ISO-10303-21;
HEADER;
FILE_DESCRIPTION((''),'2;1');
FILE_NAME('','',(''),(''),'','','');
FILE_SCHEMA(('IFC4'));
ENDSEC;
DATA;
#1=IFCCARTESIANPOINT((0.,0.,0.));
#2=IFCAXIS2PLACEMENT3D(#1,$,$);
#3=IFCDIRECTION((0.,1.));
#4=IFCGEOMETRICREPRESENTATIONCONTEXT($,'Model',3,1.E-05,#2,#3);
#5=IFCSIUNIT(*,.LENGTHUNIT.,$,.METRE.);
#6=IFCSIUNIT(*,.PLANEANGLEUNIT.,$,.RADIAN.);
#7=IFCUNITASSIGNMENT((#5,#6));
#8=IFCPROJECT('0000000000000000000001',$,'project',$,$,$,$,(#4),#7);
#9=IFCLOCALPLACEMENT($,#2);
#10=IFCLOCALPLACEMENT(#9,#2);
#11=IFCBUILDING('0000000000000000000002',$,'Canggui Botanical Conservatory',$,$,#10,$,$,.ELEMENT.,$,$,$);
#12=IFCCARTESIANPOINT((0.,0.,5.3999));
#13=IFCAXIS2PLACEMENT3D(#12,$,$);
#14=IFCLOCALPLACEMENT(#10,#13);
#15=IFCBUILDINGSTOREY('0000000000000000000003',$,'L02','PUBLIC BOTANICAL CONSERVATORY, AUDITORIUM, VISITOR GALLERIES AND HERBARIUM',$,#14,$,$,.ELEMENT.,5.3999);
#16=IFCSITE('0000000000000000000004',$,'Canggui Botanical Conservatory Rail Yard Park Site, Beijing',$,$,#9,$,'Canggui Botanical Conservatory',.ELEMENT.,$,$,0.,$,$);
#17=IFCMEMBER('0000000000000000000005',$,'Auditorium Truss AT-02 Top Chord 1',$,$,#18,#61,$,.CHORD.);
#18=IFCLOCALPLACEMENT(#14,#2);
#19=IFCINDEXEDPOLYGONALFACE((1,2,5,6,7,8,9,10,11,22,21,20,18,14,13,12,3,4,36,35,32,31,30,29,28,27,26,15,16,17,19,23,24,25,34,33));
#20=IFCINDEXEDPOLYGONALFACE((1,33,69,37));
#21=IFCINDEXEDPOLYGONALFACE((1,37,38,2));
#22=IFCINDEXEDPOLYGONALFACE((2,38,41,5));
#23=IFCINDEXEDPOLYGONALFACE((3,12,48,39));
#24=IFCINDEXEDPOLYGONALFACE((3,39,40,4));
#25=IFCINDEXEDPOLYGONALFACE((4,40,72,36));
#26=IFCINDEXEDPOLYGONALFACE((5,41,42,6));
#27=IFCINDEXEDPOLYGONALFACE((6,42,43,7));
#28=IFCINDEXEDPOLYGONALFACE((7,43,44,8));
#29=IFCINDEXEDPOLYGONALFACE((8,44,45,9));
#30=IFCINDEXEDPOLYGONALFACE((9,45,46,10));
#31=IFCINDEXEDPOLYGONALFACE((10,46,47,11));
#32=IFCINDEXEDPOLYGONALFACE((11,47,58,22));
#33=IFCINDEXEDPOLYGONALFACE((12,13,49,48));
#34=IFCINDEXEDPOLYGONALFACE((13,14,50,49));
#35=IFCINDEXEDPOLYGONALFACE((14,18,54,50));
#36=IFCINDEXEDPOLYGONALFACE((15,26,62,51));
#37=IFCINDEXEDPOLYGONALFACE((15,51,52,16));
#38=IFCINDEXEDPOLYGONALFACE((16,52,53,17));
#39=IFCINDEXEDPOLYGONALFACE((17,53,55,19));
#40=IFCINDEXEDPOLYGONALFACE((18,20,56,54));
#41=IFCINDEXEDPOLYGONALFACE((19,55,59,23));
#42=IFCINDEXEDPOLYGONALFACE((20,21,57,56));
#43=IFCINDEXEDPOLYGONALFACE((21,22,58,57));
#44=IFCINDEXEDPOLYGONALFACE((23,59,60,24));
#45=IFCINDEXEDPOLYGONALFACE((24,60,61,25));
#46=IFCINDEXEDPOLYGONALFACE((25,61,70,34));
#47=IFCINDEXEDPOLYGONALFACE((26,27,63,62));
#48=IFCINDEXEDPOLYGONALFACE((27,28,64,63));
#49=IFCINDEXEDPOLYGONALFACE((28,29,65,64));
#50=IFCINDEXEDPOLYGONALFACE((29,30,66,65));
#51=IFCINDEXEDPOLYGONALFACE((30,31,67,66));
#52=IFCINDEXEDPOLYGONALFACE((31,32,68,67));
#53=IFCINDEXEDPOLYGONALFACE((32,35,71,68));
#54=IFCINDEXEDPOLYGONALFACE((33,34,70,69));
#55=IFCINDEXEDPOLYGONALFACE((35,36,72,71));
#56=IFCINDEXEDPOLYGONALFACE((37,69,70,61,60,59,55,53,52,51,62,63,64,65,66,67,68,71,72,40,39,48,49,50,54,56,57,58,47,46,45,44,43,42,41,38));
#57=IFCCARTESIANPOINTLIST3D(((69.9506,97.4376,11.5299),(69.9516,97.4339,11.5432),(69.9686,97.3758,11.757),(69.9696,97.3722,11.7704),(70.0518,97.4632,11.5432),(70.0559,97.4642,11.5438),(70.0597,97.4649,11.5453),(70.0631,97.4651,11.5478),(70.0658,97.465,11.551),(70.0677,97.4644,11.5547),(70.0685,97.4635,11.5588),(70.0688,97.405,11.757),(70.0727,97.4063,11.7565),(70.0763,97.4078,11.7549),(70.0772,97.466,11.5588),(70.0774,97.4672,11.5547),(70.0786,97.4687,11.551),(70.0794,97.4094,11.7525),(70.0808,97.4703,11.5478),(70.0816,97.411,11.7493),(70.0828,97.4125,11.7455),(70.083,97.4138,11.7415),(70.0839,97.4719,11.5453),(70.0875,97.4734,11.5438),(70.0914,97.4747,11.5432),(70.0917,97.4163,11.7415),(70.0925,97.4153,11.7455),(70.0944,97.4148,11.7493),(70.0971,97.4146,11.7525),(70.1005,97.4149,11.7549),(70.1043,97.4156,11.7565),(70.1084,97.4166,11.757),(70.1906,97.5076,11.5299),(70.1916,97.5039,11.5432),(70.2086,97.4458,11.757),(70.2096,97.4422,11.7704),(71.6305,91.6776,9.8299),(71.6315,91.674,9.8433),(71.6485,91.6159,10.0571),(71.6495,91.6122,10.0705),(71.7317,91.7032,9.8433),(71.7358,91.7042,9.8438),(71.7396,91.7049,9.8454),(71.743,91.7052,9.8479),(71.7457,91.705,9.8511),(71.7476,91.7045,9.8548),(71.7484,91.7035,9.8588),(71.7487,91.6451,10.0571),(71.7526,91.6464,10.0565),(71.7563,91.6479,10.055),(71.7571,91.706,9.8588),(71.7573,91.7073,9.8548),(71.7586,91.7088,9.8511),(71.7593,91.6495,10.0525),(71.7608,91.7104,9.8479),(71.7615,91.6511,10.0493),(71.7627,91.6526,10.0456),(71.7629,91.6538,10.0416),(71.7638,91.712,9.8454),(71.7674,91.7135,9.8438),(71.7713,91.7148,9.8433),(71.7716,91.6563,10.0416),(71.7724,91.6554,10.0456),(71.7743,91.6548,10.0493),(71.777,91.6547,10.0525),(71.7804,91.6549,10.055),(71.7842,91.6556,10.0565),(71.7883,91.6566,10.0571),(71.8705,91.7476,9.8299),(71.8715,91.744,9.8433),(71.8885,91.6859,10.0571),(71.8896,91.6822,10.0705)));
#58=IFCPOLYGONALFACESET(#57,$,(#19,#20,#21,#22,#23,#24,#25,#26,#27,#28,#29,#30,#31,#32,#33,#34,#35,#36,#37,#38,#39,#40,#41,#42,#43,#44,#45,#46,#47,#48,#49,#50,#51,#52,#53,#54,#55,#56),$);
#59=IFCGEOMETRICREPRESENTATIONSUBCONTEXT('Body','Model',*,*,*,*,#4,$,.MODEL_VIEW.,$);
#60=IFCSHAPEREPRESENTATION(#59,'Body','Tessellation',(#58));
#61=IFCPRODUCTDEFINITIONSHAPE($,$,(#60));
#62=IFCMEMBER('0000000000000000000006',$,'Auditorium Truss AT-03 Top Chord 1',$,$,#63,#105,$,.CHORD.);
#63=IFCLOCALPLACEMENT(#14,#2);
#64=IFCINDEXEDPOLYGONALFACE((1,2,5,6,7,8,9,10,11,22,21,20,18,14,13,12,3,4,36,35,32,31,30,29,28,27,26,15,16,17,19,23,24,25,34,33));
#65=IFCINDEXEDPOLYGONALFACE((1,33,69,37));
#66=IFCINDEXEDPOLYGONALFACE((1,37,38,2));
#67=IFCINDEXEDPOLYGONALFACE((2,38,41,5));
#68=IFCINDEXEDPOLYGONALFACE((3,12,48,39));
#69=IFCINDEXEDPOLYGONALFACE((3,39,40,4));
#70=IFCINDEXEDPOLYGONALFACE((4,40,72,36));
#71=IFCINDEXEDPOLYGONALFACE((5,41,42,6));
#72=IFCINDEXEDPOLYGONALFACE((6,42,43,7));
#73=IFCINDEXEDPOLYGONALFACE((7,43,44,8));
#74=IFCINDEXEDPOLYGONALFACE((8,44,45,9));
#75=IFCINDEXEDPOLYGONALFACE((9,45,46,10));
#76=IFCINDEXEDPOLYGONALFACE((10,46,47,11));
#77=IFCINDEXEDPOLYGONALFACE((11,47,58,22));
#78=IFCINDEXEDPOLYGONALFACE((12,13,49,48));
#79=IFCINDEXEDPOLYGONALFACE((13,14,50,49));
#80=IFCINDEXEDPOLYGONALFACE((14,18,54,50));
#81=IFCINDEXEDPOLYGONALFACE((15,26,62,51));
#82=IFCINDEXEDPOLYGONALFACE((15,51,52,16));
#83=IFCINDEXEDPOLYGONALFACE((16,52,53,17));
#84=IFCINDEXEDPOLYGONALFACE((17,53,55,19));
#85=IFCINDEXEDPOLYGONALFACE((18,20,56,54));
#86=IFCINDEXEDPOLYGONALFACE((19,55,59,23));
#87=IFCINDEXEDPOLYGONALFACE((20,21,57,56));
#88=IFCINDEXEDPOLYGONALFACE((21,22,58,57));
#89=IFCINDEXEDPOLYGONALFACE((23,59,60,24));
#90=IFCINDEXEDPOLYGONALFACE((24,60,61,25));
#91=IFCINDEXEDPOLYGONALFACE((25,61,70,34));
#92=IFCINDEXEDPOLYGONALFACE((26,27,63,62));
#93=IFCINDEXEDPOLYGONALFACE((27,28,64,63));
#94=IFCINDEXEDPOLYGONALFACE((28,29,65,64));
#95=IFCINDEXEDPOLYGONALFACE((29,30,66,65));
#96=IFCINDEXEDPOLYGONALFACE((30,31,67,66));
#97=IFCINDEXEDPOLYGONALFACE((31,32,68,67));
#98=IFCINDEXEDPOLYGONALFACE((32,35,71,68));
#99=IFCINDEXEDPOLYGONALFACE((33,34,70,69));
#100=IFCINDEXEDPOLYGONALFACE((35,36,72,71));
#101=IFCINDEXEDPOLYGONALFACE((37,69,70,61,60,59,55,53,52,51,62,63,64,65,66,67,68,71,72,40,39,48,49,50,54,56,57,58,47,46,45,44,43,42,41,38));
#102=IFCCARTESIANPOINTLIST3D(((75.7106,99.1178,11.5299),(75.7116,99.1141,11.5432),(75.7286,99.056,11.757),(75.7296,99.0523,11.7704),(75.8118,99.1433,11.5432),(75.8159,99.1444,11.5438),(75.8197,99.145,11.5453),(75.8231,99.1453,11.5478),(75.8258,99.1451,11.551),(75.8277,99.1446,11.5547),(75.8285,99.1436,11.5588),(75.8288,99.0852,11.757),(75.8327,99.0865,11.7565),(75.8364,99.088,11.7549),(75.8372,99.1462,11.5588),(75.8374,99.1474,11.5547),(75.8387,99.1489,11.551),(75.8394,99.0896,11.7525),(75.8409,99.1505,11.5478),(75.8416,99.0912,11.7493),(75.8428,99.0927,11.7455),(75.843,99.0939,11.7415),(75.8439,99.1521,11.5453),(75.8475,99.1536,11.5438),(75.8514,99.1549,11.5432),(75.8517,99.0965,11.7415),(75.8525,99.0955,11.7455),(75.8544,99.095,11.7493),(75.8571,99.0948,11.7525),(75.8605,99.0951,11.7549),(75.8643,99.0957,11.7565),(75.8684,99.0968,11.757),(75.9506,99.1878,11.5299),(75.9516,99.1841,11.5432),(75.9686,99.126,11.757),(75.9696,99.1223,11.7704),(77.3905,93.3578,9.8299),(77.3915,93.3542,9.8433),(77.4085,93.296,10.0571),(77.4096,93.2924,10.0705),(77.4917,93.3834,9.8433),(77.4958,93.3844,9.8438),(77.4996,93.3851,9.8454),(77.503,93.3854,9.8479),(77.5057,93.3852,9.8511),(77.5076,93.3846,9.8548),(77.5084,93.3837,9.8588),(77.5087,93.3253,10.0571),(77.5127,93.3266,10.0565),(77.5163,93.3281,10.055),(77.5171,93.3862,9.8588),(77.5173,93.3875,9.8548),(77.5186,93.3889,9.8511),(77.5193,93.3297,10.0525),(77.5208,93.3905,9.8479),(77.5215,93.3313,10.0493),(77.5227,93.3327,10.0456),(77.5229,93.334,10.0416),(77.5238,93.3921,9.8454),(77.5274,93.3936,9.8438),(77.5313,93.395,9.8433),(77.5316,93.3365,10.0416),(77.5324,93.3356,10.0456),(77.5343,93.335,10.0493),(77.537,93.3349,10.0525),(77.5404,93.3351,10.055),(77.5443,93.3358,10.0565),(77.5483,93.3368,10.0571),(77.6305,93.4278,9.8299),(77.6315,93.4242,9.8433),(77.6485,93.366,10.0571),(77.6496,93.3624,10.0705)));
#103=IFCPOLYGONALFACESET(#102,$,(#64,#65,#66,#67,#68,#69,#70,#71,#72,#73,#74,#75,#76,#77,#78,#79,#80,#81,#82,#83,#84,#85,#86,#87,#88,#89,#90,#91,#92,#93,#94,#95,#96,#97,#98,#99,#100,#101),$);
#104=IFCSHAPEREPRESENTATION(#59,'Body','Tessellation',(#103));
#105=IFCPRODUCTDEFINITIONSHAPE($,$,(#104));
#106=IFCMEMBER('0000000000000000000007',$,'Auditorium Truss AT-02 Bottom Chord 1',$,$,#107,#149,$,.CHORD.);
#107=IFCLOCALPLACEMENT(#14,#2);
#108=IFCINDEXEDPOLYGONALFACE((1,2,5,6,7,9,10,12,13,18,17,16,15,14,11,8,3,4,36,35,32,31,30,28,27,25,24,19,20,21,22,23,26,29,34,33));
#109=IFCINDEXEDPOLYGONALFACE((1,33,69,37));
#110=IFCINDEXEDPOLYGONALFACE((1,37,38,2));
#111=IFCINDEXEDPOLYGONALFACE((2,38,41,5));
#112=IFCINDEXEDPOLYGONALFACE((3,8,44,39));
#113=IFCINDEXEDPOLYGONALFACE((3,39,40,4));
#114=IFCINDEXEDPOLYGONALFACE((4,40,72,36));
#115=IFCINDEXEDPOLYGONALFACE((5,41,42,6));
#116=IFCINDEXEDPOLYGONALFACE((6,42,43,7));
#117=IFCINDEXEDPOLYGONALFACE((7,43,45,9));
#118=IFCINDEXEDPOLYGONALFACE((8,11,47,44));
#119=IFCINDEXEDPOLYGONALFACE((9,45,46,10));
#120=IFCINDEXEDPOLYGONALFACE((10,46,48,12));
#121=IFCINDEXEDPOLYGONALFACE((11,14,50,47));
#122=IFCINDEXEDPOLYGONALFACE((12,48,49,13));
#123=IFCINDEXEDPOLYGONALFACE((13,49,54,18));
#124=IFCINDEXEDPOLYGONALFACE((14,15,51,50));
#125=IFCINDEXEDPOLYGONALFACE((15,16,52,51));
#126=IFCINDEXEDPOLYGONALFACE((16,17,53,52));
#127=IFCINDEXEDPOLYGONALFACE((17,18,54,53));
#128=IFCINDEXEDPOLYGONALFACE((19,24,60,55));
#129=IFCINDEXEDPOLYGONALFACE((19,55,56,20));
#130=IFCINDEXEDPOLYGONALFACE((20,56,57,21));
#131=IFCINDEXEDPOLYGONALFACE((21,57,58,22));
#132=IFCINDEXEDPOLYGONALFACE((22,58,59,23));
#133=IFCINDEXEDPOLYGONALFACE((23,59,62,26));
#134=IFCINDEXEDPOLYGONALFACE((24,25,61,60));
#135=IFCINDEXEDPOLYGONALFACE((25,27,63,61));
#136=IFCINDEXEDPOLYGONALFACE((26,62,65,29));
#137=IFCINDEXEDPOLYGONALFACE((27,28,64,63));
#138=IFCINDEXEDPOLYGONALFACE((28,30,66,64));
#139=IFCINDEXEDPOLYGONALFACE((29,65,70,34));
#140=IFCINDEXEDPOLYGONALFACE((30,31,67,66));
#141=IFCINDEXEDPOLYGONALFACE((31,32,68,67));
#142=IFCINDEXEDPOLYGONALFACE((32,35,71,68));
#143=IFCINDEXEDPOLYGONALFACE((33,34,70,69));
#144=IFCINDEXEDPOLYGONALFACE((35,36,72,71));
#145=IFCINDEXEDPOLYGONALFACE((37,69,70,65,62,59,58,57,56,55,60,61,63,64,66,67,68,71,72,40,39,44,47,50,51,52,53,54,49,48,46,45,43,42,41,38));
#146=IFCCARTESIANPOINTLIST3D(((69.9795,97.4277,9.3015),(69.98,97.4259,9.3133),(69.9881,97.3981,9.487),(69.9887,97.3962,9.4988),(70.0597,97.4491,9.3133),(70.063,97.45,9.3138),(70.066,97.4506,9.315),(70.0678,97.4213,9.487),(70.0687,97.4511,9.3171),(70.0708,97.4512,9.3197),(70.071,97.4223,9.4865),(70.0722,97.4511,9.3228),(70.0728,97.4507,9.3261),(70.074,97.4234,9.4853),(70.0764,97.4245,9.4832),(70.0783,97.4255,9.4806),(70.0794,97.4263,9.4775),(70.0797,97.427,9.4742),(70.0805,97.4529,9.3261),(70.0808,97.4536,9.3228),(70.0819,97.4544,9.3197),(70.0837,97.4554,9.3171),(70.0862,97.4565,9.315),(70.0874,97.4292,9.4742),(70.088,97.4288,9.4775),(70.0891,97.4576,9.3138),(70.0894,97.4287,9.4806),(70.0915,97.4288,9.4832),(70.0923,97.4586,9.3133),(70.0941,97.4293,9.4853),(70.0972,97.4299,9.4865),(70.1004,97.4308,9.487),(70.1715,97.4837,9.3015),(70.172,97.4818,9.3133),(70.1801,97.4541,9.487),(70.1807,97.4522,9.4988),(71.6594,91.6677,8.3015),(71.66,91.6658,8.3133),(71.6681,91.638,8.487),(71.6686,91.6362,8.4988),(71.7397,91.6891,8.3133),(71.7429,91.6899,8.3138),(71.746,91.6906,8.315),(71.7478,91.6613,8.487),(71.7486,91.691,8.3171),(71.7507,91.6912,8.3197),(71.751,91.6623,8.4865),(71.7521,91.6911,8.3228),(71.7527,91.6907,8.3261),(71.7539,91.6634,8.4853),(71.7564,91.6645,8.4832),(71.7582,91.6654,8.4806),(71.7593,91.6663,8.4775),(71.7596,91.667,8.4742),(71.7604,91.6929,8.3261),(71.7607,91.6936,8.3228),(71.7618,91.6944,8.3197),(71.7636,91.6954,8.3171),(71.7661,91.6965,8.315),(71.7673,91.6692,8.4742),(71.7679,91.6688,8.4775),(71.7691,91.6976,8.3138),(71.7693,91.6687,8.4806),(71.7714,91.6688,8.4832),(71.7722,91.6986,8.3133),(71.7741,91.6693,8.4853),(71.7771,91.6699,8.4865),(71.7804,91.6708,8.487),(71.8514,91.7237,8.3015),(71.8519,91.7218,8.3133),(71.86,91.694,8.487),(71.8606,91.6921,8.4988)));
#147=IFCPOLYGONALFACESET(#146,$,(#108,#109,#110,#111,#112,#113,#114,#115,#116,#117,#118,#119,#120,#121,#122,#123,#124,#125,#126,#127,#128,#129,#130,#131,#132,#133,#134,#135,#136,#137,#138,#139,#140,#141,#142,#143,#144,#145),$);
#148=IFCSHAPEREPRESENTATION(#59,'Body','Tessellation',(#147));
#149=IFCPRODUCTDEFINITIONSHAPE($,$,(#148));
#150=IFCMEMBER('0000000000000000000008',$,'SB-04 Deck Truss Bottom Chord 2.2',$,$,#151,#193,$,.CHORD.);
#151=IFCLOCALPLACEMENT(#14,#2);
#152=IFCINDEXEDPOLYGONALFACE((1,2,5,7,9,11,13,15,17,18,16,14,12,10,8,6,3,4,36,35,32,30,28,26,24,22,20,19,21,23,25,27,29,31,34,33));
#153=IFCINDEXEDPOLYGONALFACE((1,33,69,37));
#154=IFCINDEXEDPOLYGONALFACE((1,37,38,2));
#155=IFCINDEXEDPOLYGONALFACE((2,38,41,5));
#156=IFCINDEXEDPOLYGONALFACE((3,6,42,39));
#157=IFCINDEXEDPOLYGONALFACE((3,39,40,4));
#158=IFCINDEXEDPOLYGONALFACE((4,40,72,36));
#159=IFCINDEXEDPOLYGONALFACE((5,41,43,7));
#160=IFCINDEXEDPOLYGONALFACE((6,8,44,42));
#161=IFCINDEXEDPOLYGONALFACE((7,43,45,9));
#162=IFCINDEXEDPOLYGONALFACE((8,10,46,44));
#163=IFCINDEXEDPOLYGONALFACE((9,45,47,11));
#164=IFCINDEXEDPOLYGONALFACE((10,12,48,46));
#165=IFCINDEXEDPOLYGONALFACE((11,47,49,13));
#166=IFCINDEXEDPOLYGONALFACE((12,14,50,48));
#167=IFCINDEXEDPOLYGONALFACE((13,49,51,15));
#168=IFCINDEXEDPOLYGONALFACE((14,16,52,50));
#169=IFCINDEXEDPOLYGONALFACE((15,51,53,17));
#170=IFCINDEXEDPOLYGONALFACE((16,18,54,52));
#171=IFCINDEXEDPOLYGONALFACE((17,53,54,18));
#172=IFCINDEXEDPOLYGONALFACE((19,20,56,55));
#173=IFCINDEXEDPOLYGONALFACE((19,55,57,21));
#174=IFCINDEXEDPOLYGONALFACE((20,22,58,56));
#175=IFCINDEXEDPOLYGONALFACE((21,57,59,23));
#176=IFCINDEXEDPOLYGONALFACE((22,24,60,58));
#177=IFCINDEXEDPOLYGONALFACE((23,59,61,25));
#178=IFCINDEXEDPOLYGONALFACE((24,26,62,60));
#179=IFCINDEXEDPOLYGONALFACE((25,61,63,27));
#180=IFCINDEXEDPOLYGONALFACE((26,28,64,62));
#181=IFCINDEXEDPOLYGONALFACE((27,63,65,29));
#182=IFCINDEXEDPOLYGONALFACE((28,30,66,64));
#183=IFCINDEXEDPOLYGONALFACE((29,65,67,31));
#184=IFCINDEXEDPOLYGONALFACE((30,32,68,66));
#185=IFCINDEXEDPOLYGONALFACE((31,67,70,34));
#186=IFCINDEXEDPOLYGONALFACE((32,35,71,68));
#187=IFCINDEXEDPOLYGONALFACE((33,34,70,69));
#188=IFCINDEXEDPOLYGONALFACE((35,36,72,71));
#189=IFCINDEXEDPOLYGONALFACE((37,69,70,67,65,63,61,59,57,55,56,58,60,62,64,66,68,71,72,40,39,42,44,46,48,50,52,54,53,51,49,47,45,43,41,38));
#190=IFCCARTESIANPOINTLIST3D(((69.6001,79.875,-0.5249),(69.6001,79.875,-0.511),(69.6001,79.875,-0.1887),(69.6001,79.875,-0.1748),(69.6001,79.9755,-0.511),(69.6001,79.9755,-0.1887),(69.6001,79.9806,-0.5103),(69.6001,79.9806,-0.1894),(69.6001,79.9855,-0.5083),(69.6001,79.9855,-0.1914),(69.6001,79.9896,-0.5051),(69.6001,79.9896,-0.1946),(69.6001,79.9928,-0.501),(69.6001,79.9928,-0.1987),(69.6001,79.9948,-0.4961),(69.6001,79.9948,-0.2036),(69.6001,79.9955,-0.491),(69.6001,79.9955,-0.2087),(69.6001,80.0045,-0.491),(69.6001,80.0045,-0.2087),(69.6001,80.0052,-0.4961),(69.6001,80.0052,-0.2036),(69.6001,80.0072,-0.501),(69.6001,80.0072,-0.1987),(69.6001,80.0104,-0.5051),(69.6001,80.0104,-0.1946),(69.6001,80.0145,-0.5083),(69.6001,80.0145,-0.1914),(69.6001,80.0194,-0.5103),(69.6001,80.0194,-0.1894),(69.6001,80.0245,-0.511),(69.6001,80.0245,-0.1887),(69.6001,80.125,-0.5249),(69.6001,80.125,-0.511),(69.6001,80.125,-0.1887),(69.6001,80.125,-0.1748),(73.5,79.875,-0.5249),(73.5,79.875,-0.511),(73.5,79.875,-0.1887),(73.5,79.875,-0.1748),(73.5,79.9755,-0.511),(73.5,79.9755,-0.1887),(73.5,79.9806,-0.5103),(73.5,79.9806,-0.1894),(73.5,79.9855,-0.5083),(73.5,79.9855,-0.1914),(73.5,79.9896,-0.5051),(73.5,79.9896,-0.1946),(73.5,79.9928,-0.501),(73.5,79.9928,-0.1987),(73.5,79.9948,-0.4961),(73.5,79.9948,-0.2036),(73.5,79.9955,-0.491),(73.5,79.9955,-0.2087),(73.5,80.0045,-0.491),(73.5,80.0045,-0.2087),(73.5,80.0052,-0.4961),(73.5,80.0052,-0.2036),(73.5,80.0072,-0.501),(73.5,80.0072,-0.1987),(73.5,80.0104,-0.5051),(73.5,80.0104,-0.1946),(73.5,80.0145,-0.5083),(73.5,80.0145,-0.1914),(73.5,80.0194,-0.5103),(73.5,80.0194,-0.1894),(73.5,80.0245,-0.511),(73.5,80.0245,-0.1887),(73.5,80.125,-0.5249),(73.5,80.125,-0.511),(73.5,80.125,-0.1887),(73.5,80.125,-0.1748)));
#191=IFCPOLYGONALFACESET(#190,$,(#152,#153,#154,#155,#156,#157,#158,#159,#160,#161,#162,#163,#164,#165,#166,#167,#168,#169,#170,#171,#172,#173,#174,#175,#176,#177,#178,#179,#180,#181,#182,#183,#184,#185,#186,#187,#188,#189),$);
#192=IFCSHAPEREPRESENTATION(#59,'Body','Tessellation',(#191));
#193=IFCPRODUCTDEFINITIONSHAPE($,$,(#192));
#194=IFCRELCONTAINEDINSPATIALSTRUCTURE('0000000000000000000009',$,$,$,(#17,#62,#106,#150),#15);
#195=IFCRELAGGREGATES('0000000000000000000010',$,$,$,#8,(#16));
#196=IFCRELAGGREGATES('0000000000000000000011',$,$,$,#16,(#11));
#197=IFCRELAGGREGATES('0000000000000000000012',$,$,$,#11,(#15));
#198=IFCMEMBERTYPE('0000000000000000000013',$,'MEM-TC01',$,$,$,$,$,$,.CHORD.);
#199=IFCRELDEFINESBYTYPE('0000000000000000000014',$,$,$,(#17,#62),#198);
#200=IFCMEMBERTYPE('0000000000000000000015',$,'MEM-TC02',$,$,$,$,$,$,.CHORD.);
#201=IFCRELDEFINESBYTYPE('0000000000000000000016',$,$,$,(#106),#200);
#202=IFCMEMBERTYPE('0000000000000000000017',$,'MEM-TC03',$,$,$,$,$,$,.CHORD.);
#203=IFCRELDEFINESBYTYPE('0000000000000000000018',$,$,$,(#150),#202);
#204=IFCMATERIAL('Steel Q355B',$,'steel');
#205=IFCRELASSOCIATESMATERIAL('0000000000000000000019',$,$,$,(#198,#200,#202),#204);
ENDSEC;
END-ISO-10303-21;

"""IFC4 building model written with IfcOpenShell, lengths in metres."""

from ifc_helpers import new_model, si_unit, direction, frame, origin, origin_2d, place, context, subcontext, project, spatial, i_section, extrude, material, material_profile, profile_set, type_object, element, save


model = new_model("IFC4")

# Units and contexts
model_context = context("Model", 3, precision=1e-05, world=origin(), true_north=direction((0.0, 1.0)))
body_context = subcontext(model_context, "Body", "Model", "MODEL_VIEW")
ifc_project = project(units=[si_unit("LENGTHUNIT", "METRE"), si_unit("PLANEANGLEUNIT", "RADIAN")], contexts=[model_context])

# Site, building, storey
site_placement = place(None, origin())
site = spatial("IfcSite", under=ifc_project, at=site_placement, Name="Canggui Botanical Conservatory Rail Yard Park Site, Beijing", LongName="Canggui Botanical Conservatory", CompositionType="ELEMENT", RefElevation=0.0)
building_placement = place(site_placement, origin())
building = spatial("IfcBuilding", under=site, at=building_placement, Name="Canggui Botanical Conservatory", CompositionType="ELEMENT")
storey_placement = place(building_placement, frame((0.0, 0.0, 5.3999)))
storey = spatial("IfcBuildingStorey", under=building, at=storey_placement, Name="L02", Description="PUBLIC BOTANICAL CONSERVATORY, AUDITORIUM, VISITOR GALLERIES AND HERBARIUM", CompositionType="ELEMENT", Elevation=5.3999)

# Shared definitions
ifc_material_1 = material(Name="Steel Q355B", Category="steel")

# Members
ifc_material_profile_1 = material_profile(ifc_material_1, i_section(OverallWidth=0.25, OverallDepth=0.25, WebThickness=0.009, FlangeThickness=0.0139, FilletRadius=0.0161, at=origin_2d()), Name="HW 250x250x9x14")
ifc_profile_set_1 = profile_set([ifc_material_profile_1], Name="Steel Q355B")
member_type_1 = type_object("IfcMemberType", Name="MEM-TC01", PredefinedType="CHORD", material=ifc_profile_set_1)
for number, where, z_axis, x_axis, name in (
    (1, (71.76, 91.6799, 9.9502), (-0.269386, 0.923647, 0.272596), (-0.960003, -0.279989, 0.0), "Auditorium Truss AT-02 Top Chord 1"),
    (2, (77.52, 93.3601, 9.9502), (-0.269386, 0.923647, 0.272596), (-0.960003, -0.279989, 0.0), "Auditorium Truss AT-03 Top Chord 1"),
):
    element("IfcMember", number, at=place(storey_placement, frame(where, z_axis=z_axis, x_axis=x_axis)), inside=storey, type_object=member_type_1, Name=name, PredefinedType="CHORD", context=body_context, shape_type="SweptSolid", body=[
        extrude(i_section(OverallWidth=0.25, OverallDepth=0.25, WebThickness=0.009, FlangeThickness=0.0139, FilletRadius=0.0161, at=origin_2d()), origin(), (0.0, 0.0, 1.0), 6.2361),
    ])
ifc_material_profile_2 = material_profile(ifc_material_1, i_section(OverallWidth=0.2, OverallDepth=0.2, WebThickness=0.0081, FlangeThickness=0.012, FilletRadius=0.0129, at=origin_2d()), Name="HW 200x200x8x12")
ifc_profile_set_2 = profile_set([ifc_material_profile_2], Name="Steel Q355B")
member_type_2 = type_object("IfcMemberType", Name="MEM-TC02", PredefinedType="CHORD", material=ifc_profile_set_2)
member_1_placement = place(storey_placement, frame((71.76, 91.6799, 8.4001), z_axis=(-0.276179, 0.946941, 0.164399), x_axis=(-0.960003, -0.279989, 0.0)))
element("IfcMember", 3, at=member_1_placement, inside=storey, type_object=member_type_2, Name="Auditorium Truss AT-02 Bottom Chord 1", PredefinedType="CHORD", context=body_context, shape_type="SweptSolid", body=[
    extrude(i_section(OverallWidth=0.2, OverallDepth=0.2, WebThickness=0.0081, FlangeThickness=0.012, FilletRadius=0.0129, at=origin_2d()), origin(), (0.0, 0.0, 1.0), 6.0828),
])
ifc_material_profile_3 = material_profile(ifc_material_1, i_section(OverallWidth=0.25, OverallDepth=0.3501, WebThickness=0.009, FlangeThickness=0.0139, FilletRadius=0.02, at=origin_2d()), Name="HM 350x250x9x14")
ifc_profile_set_3 = profile_set([ifc_material_profile_3], Name="Steel Q355B")
member_type_3 = type_object("IfcMemberType", Name="MEM-TC03", PredefinedType="CHORD", material=ifc_profile_set_3)
member_2_placement = place(storey_placement, frame((69.6001, 80.0, -0.3499), z_axis=(1.0, 0.0, 0.0), x_axis=(0.0, 1.0, 0.0)))
element("IfcMember", 4, at=member_2_placement, inside=storey, type_object=member_type_3, Name="SB-04 Deck Truss Bottom Chord 2.2", PredefinedType="CHORD", context=body_context, shape_type="SweptSolid", body=[
    extrude(i_section(OverallWidth=0.25, OverallDepth=0.3501, WebThickness=0.009, FlangeThickness=0.0139, FilletRadius=0.02, at=origin_2d()), origin(), (0.0, 0.0, 1.0), 3.8999),
])

save(model, "model.ifc")
